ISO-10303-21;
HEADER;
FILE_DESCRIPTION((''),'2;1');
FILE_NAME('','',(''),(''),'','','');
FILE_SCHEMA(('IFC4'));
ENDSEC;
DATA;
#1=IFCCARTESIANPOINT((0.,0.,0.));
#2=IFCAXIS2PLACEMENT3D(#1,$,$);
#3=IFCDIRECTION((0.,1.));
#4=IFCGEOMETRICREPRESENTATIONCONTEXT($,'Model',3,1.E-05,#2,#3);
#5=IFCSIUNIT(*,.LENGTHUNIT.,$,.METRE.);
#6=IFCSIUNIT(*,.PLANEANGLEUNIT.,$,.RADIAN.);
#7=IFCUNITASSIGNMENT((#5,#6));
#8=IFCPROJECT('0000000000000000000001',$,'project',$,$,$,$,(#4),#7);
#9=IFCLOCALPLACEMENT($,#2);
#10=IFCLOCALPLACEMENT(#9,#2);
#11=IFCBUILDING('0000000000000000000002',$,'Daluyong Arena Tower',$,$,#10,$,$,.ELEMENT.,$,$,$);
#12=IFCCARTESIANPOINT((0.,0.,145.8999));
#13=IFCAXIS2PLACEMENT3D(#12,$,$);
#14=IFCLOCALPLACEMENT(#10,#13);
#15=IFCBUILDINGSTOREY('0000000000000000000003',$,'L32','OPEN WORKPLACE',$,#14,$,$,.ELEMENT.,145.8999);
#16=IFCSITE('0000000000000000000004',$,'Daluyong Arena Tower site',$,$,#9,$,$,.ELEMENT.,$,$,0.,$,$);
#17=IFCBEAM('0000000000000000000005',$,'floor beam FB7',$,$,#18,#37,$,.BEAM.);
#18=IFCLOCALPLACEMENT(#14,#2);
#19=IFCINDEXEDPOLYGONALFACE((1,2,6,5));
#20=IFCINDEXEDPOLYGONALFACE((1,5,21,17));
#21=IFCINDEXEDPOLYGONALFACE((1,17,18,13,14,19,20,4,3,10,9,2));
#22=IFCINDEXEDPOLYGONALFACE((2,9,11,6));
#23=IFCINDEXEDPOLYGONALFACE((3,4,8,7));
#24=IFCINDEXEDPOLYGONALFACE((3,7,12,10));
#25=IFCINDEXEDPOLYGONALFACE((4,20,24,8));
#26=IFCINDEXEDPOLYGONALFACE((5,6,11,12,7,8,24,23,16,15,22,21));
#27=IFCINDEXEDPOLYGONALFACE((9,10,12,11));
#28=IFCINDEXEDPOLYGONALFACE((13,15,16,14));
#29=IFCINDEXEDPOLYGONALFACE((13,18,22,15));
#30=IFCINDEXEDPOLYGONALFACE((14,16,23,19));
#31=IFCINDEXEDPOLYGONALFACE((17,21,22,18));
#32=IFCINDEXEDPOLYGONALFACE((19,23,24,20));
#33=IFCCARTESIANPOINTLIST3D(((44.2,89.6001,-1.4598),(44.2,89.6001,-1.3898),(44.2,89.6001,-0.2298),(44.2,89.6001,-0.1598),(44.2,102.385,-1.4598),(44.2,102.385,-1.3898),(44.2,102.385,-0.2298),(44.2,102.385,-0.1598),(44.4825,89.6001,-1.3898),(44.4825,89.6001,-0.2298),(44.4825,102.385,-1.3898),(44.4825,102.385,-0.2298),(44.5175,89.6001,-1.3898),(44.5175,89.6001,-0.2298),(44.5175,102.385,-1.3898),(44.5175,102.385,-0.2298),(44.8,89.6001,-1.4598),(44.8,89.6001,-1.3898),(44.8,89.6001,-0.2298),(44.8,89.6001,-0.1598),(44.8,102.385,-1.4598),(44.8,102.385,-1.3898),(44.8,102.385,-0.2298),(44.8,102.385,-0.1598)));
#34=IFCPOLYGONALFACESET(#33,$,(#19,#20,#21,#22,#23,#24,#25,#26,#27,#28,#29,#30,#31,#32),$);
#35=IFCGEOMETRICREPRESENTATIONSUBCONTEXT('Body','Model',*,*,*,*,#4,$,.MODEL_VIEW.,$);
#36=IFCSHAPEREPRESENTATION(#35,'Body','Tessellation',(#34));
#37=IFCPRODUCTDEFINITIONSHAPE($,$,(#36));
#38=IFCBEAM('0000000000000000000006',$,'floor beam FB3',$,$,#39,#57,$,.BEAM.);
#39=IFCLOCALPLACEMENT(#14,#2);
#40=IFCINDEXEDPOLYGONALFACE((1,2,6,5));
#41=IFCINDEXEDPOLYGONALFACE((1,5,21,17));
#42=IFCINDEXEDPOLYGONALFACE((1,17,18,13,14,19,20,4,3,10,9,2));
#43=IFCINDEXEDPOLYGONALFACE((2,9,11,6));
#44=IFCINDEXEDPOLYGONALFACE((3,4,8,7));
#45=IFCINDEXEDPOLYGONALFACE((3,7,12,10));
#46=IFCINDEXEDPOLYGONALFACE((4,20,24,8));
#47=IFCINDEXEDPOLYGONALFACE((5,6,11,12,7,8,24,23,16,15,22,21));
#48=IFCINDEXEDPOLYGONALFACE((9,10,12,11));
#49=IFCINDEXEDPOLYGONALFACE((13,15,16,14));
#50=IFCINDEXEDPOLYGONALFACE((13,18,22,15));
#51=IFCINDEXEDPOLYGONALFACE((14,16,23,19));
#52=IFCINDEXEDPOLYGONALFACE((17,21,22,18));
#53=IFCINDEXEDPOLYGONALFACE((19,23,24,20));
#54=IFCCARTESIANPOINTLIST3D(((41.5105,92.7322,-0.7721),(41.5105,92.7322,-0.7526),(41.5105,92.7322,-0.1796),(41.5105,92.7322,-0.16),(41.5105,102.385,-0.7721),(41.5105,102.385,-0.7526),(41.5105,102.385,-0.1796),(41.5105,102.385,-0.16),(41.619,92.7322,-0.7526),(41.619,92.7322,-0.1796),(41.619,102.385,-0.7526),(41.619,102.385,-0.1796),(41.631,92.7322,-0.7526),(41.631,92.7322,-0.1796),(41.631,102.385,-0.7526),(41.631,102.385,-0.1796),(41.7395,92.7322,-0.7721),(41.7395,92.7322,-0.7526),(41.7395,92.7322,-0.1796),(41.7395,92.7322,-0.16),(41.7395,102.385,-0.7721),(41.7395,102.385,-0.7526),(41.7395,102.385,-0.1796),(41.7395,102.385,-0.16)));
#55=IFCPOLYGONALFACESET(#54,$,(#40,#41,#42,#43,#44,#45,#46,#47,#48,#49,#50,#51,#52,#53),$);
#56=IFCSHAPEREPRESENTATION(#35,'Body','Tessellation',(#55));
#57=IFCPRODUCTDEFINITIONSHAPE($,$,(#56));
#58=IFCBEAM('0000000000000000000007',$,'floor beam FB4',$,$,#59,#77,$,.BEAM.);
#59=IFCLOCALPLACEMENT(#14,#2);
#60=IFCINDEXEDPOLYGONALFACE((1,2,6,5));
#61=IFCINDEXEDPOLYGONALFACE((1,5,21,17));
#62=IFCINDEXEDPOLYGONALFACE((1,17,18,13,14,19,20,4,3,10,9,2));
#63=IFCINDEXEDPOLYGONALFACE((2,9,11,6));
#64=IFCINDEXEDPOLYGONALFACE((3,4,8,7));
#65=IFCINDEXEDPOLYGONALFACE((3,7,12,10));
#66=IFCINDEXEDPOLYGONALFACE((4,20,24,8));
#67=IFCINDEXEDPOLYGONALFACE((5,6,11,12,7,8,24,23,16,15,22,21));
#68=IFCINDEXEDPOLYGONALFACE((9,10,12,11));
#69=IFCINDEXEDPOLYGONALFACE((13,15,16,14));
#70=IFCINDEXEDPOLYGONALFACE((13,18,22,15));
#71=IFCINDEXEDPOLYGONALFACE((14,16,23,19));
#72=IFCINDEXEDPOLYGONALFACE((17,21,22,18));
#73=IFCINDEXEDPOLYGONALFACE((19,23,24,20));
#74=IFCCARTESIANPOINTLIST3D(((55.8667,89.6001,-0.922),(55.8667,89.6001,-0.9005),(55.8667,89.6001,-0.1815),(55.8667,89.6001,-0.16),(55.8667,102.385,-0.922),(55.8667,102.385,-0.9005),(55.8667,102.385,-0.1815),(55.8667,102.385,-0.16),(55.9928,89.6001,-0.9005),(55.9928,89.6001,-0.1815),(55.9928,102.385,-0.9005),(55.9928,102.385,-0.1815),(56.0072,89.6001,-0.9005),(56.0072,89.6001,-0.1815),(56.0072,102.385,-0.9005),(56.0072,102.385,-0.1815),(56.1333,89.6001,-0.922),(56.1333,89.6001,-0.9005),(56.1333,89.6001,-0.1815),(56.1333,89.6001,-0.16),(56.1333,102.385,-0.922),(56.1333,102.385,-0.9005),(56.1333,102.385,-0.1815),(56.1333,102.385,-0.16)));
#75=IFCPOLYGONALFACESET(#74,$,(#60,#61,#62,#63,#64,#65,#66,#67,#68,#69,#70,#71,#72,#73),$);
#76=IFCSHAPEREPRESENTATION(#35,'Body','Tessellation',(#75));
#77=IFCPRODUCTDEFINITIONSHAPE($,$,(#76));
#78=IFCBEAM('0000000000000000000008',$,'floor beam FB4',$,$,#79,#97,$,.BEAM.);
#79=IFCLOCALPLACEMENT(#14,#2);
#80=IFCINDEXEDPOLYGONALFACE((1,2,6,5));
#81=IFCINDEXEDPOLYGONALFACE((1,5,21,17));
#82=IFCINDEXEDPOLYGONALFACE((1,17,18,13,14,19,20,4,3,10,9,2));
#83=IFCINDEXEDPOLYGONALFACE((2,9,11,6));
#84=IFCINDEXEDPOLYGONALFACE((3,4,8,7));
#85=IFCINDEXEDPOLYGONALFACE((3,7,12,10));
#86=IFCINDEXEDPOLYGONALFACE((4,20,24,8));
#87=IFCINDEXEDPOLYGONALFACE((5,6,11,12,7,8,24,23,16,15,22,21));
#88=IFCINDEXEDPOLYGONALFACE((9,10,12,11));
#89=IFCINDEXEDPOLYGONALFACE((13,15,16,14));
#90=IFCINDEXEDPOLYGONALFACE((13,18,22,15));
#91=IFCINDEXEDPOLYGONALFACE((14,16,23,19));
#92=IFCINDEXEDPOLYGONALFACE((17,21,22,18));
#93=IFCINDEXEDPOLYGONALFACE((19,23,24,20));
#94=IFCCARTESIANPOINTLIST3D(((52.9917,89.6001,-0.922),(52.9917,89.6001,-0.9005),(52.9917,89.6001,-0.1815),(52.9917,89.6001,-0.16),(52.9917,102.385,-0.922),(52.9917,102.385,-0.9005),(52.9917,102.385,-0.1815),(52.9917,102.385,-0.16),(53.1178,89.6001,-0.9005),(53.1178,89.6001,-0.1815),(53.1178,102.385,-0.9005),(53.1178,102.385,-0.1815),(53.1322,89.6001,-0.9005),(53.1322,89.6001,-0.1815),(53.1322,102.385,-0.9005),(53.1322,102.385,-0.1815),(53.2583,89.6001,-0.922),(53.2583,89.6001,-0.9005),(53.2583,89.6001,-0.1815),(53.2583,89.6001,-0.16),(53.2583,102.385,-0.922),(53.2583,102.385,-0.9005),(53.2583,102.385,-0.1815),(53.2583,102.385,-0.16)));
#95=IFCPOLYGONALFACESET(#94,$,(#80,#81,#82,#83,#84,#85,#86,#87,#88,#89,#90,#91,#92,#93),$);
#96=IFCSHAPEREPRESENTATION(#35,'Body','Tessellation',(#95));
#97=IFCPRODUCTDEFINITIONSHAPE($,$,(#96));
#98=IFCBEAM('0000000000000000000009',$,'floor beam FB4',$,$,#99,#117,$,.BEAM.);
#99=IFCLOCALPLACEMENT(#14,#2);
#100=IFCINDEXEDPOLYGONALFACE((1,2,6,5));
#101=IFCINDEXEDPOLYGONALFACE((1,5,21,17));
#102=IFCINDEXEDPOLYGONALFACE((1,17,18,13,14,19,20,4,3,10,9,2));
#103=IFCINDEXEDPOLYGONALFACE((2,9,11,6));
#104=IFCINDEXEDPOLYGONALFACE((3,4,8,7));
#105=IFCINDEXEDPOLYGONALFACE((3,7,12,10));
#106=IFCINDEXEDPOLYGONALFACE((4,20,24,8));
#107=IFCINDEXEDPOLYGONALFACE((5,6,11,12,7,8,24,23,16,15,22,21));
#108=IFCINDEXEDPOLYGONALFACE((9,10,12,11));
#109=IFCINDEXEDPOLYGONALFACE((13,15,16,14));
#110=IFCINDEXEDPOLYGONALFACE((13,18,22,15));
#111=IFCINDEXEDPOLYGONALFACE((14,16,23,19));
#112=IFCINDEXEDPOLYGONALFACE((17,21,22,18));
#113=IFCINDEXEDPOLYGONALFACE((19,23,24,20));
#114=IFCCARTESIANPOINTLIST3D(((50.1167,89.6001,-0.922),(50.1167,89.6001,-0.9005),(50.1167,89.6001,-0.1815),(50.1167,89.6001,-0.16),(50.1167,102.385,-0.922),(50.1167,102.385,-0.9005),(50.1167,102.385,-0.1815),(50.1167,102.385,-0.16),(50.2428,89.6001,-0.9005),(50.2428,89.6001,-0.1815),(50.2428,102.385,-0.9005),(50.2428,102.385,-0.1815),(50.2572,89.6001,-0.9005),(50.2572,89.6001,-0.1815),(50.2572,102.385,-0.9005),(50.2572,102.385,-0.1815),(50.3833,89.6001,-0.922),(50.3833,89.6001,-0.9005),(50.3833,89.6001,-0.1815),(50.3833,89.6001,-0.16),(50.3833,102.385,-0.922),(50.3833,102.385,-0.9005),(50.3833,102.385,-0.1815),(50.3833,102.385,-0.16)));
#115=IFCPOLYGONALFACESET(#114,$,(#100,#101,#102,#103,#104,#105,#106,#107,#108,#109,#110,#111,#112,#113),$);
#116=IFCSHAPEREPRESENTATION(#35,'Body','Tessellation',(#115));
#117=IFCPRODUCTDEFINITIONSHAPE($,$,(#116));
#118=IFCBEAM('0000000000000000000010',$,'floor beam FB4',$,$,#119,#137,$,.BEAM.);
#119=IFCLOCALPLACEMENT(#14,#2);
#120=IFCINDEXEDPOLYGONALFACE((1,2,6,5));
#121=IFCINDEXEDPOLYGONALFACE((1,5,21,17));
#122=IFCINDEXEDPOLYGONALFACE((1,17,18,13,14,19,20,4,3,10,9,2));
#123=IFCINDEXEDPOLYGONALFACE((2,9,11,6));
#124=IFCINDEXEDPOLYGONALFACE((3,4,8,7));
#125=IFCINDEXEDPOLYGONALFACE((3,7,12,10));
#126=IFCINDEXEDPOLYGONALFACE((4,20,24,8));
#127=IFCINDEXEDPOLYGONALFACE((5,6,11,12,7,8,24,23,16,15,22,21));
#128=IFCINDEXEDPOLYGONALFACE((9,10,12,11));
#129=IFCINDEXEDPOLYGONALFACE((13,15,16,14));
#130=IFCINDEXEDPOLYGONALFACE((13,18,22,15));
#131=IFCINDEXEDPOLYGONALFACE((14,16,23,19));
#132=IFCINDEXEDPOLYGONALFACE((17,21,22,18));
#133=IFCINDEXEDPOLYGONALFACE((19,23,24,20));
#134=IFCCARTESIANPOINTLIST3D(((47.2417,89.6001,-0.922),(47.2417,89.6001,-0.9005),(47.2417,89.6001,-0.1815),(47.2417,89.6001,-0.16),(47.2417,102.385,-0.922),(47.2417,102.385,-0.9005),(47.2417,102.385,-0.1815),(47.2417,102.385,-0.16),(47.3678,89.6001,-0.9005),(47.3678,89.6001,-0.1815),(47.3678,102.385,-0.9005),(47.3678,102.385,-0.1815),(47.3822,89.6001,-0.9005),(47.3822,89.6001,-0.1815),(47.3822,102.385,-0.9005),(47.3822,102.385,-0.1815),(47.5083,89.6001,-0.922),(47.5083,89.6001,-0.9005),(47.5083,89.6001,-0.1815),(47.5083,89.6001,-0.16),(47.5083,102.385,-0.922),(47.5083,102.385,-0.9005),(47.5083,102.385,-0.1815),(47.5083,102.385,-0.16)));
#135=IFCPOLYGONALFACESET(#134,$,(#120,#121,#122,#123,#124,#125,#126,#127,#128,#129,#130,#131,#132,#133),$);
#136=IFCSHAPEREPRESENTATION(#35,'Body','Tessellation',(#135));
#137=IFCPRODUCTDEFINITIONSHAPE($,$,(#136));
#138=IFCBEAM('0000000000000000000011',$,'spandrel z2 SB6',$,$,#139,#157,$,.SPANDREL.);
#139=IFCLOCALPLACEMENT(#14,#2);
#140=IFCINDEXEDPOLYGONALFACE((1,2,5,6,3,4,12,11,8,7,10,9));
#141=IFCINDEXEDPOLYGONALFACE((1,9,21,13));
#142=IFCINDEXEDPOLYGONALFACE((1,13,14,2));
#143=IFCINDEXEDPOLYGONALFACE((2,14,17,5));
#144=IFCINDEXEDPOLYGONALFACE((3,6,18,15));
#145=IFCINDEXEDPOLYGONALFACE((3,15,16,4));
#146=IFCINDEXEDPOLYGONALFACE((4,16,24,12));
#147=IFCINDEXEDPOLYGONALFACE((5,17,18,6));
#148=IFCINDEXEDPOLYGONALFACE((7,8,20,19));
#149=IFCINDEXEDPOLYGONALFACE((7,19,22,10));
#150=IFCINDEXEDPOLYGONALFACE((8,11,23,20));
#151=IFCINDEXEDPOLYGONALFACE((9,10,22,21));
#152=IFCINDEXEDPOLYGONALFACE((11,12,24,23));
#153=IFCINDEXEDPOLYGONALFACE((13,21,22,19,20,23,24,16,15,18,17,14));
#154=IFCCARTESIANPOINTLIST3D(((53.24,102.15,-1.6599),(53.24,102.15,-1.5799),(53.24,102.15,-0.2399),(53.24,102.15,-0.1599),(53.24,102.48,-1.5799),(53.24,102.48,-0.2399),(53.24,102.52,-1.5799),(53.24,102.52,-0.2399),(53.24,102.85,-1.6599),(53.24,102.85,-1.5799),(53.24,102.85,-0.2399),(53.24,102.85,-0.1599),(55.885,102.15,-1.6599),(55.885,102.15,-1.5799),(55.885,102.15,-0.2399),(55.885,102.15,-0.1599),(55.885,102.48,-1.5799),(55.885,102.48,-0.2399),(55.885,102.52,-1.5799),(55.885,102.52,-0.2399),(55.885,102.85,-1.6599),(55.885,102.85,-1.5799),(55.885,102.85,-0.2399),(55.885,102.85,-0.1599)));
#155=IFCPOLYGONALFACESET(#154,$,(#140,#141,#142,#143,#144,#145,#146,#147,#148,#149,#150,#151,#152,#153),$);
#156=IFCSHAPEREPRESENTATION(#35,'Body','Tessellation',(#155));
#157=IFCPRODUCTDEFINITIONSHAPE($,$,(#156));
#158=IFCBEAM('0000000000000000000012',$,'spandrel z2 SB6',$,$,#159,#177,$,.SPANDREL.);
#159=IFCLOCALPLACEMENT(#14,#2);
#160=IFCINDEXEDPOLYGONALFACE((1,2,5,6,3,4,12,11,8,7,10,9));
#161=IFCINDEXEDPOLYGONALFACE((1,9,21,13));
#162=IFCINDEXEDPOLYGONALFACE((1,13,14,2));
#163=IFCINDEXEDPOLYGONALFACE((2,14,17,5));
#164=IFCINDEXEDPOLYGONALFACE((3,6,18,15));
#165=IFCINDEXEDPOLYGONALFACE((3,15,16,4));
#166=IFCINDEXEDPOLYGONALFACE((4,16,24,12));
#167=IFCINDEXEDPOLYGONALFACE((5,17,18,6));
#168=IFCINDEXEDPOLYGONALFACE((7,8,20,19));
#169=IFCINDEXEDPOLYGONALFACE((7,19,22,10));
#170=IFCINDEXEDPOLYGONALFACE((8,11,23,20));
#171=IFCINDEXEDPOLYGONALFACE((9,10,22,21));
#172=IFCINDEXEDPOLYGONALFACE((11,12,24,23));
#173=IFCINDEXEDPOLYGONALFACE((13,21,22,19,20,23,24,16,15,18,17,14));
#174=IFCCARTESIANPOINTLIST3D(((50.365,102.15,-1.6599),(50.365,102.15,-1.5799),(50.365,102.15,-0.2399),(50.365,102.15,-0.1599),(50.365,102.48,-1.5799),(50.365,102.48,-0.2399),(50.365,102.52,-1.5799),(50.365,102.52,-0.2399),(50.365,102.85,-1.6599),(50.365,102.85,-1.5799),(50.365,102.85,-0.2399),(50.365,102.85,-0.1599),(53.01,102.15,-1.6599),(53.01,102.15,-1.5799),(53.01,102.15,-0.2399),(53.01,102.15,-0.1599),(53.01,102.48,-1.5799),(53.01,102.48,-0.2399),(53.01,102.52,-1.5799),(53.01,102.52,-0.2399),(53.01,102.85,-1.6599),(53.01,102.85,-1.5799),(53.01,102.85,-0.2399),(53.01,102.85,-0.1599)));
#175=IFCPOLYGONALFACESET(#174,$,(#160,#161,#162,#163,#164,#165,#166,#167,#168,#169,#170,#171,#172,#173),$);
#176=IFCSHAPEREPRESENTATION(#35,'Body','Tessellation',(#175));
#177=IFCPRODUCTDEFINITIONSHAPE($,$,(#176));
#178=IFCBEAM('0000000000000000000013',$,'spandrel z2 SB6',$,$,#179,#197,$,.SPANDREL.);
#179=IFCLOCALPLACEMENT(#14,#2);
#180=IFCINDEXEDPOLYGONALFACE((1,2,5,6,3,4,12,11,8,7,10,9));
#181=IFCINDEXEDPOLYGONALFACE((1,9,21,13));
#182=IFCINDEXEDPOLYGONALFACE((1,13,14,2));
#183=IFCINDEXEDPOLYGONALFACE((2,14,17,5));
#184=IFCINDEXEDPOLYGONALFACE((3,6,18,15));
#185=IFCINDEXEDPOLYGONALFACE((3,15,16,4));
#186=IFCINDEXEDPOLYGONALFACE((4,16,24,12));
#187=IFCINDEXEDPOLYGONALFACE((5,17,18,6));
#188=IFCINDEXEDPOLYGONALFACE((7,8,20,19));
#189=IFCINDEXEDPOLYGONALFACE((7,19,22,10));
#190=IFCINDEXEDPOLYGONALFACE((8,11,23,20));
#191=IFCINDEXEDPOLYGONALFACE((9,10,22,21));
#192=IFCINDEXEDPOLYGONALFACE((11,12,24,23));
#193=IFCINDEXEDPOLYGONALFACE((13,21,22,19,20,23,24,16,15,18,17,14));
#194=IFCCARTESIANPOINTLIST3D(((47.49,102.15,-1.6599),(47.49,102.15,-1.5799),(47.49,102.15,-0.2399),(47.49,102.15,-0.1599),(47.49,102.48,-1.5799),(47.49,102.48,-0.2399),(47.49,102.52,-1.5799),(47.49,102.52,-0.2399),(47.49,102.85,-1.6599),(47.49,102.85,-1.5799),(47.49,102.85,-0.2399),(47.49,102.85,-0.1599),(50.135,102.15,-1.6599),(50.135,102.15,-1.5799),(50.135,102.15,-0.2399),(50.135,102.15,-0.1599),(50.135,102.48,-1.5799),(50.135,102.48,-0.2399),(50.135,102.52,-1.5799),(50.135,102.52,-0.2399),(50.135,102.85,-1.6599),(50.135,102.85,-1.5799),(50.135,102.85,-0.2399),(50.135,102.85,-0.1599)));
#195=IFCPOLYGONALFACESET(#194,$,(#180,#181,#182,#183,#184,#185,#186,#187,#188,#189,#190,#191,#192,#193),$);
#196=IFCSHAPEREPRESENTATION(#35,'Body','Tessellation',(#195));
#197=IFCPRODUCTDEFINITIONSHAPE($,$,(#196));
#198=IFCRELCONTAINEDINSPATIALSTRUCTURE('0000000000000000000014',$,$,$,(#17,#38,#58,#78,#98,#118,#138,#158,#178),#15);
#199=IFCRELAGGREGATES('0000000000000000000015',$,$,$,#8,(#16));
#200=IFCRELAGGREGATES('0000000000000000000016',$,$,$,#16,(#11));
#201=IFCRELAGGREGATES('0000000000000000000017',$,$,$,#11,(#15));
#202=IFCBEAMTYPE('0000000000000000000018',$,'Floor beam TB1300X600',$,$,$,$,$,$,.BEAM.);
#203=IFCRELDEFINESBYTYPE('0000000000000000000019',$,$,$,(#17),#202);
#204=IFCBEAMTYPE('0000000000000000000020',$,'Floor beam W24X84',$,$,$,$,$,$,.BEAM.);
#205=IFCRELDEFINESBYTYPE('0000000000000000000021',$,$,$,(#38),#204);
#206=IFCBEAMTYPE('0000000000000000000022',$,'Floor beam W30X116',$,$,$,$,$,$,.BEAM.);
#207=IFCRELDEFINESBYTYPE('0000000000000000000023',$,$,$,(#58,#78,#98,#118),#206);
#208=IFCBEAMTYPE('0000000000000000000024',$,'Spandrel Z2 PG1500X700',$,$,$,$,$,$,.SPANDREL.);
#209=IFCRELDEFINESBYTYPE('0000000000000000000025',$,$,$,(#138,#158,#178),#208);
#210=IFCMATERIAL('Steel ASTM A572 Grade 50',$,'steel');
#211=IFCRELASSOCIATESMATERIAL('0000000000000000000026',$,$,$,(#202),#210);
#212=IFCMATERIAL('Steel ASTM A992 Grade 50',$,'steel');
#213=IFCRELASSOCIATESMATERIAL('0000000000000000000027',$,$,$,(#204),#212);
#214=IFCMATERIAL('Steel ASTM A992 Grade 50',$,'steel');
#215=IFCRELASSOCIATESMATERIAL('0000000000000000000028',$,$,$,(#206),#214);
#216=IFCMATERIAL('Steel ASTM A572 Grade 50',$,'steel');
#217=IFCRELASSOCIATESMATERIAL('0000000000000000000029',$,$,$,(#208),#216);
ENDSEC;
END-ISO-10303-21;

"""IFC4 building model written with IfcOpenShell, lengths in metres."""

from ifc_helpers import new_model, si_unit, direction, frame, origin, origin_2d, place, context, subcontext, project, spatial, i_section, extrude, material, material_profile, profile_set, type_object, element, save


model = new_model("IFC4")

# Units and contexts
model_context = context("Model", 3, precision=1e-05, world=origin(), true_north=direction((0.0, 1.0)))
body_context = subcontext(model_context, "Body", "Model", "MODEL_VIEW")
ifc_project = project(units=[si_unit("LENGTHUNIT", "METRE"), si_unit("PLANEANGLEUNIT", "RADIAN")], contexts=[model_context])

# Site, building, storey
site_placement = place(None, origin())
site = spatial("IfcSite", under=ifc_project, at=site_placement, Name="Daluyong Arena Tower site", CompositionType="ELEMENT", RefElevation=0.0)
building_placement = place(site_placement, origin())
building = spatial("IfcBuilding", under=site, at=building_placement, Name="Daluyong Arena Tower", CompositionType="ELEMENT")
storey_placement = place(building_placement, frame((0.0, 0.0, 145.8999)))
storey = spatial("IfcBuildingStorey", under=building, at=storey_placement, Name="L32", Description="OPEN WORKPLACE", CompositionType="ELEMENT", Elevation=145.8999)

# Beams
ifc_material_1 = material(Name="Steel ASTM A572 Grade 50", Category="steel")
ifc_material_profile_1 = material_profile(ifc_material_1, i_section(OverallWidth=0.6001, OverallDepth=1.3, WebThickness=0.035, FlangeThickness=0.07, at=origin_2d()))
ifc_profile_set_1 = profile_set([ifc_material_profile_1], Name="Steel ASTM A572 Grade 50")
beam_type_1 = type_object("IfcBeamType", Name="Floor beam TB1300X600", PredefinedType="BEAM", material=ifc_profile_set_1)
beam_1_placement = place(storey_placement, frame((44.5, 102.385, -0.8098), z_axis=(0.0, -1.0, 0.0), x_axis=(1.0, 0.0, 0.0)))
element("IfcBeam", 1, at=beam_1_placement, inside=storey, type_object=beam_type_1, Name="floor beam FB7", PredefinedType="BEAM", context=body_context, shape_type="SweptSolid", body=[
    extrude(i_section(OverallWidth=0.6001, OverallDepth=1.3, WebThickness=0.035, FlangeThickness=0.07, at=origin_2d()), origin(), (0.0, 0.0, 1.0), 12.7849),
])
ifc_material_2 = material(Name="Steel ASTM A992 Grade 50", Category="steel")
ifc_material_profile_2 = material_profile(ifc_material_2, i_section(OverallWidth=0.229, OverallDepth=0.6121, WebThickness=0.012, FlangeThickness=0.0195, at=origin_2d()))
ifc_profile_set_2 = profile_set([ifc_material_profile_2], Name="Steel ASTM A992 Grade 50")
beam_type_2 = type_object("IfcBeamType", Name="Floor beam W24X84", PredefinedType="BEAM", material=ifc_profile_set_2)
beam_2_placement = place(storey_placement, frame((41.625, 102.385, -0.4661), z_axis=(0.0, -1.0, 0.0), x_axis=(1.0, 0.0, 0.0)))
element("IfcBeam", 2, at=beam_2_placement, inside=storey, type_object=beam_type_2, Name="floor beam FB3", PredefinedType="BEAM", context=body_context, shape_type="SweptSolid", body=[
    extrude(i_section(OverallWidth=0.229, OverallDepth=0.6121, WebThickness=0.012, FlangeThickness=0.0195, at=origin_2d()), origin(), (0.0, 0.0, 1.0), 9.6528),
])
ifc_material_3 = material(Name="Steel ASTM A992 Grade 50", Category="steel")
ifc_material_profile_3 = material_profile(ifc_material_3, i_section(OverallWidth=0.2666, OverallDepth=0.762, WebThickness=0.0144, FlangeThickness=0.0215, at=origin_2d()))
ifc_profile_set_3 = profile_set([ifc_material_profile_3], Name="Steel ASTM A992 Grade 50")
beam_type_3 = type_object("IfcBeamType", Name="Floor beam W30X116", PredefinedType="BEAM", material=ifc_profile_set_3)
for number, where, z_axis, x_axis, name in (
    (3, (56.0, 102.385, -0.541), (0.0, -1.0, 0.0), (1.0, 0.0, 0.0), "floor beam FB4"),
    (4, (53.125, 102.385, -0.541), (0.0, -1.0, 0.0), (1.0, 0.0, 0.0), "floor beam FB4"),
    (5, (50.25, 102.385, -0.541), (0.0, -1.0, 0.0), (1.0, 0.0, 0.0), "floor beam FB4"),
    (6, (47.375, 102.385, -0.541), (0.0, -1.0, 0.0), (1.0, 0.0, 0.0), "floor beam FB4"),
):
    element("IfcBeam", number, at=place(storey_placement, frame(where, z_axis=z_axis, x_axis=x_axis)), inside=storey, type_object=beam_type_3, Name=name, PredefinedType="BEAM", context=body_context, shape_type="SweptSolid", body=[
        extrude(i_section(OverallWidth=0.2666, OverallDepth=0.762, WebThickness=0.0144, FlangeThickness=0.0215, at=origin_2d()), origin(), (0.0, 0.0, 1.0), 12.7849),
    ])
ifc_material_4 = material(Name="Steel ASTM A572 Grade 50", Category="steel")
ifc_material_profile_4 = material_profile(ifc_material_4, i_section(OverallWidth=0.7, OverallDepth=1.5, WebThickness=0.04, FlangeThickness=0.08, at=origin_2d()))
ifc_profile_set_4 = profile_set([ifc_material_profile_4], Name="Steel ASTM A572 Grade 50")
beam_type_4 = type_object("IfcBeamType", Name="Spandrel Z2 PG1500X700", PredefinedType="SPANDREL", material=ifc_profile_set_4)
for number, where, z_axis, x_axis, name in (
    (7, (55.885, 102.5, -0.9099), (-1.0, 0.0, 0.0), (0.0, -1.0, 0.0), "spandrel z2 SB6"),
    (8, (53.01, 102.5, -0.9099), (-1.0, 0.0, 0.0), (0.0, -1.0, 0.0), "spandrel z2 SB6"),
    (9, (50.135, 102.5, -0.9099), (-1.0, 0.0, 0.0), (0.0, -1.0, 0.0), "spandrel z2 SB6"),
):
    element("IfcBeam", number, at=place(storey_placement, frame(where, z_axis=z_axis, x_axis=x_axis)), inside=storey, type_object=beam_type_4, Name=name, PredefinedType="SPANDREL", context=body_context, shape_type="SweptSolid", body=[
        extrude(i_section(OverallWidth=0.7, OverallDepth=1.5, WebThickness=0.04, FlangeThickness=0.08, at=origin_2d()), origin(), (0.0, 0.0, 1.0), 2.645),
    ])

save(model, "model.ifc")
